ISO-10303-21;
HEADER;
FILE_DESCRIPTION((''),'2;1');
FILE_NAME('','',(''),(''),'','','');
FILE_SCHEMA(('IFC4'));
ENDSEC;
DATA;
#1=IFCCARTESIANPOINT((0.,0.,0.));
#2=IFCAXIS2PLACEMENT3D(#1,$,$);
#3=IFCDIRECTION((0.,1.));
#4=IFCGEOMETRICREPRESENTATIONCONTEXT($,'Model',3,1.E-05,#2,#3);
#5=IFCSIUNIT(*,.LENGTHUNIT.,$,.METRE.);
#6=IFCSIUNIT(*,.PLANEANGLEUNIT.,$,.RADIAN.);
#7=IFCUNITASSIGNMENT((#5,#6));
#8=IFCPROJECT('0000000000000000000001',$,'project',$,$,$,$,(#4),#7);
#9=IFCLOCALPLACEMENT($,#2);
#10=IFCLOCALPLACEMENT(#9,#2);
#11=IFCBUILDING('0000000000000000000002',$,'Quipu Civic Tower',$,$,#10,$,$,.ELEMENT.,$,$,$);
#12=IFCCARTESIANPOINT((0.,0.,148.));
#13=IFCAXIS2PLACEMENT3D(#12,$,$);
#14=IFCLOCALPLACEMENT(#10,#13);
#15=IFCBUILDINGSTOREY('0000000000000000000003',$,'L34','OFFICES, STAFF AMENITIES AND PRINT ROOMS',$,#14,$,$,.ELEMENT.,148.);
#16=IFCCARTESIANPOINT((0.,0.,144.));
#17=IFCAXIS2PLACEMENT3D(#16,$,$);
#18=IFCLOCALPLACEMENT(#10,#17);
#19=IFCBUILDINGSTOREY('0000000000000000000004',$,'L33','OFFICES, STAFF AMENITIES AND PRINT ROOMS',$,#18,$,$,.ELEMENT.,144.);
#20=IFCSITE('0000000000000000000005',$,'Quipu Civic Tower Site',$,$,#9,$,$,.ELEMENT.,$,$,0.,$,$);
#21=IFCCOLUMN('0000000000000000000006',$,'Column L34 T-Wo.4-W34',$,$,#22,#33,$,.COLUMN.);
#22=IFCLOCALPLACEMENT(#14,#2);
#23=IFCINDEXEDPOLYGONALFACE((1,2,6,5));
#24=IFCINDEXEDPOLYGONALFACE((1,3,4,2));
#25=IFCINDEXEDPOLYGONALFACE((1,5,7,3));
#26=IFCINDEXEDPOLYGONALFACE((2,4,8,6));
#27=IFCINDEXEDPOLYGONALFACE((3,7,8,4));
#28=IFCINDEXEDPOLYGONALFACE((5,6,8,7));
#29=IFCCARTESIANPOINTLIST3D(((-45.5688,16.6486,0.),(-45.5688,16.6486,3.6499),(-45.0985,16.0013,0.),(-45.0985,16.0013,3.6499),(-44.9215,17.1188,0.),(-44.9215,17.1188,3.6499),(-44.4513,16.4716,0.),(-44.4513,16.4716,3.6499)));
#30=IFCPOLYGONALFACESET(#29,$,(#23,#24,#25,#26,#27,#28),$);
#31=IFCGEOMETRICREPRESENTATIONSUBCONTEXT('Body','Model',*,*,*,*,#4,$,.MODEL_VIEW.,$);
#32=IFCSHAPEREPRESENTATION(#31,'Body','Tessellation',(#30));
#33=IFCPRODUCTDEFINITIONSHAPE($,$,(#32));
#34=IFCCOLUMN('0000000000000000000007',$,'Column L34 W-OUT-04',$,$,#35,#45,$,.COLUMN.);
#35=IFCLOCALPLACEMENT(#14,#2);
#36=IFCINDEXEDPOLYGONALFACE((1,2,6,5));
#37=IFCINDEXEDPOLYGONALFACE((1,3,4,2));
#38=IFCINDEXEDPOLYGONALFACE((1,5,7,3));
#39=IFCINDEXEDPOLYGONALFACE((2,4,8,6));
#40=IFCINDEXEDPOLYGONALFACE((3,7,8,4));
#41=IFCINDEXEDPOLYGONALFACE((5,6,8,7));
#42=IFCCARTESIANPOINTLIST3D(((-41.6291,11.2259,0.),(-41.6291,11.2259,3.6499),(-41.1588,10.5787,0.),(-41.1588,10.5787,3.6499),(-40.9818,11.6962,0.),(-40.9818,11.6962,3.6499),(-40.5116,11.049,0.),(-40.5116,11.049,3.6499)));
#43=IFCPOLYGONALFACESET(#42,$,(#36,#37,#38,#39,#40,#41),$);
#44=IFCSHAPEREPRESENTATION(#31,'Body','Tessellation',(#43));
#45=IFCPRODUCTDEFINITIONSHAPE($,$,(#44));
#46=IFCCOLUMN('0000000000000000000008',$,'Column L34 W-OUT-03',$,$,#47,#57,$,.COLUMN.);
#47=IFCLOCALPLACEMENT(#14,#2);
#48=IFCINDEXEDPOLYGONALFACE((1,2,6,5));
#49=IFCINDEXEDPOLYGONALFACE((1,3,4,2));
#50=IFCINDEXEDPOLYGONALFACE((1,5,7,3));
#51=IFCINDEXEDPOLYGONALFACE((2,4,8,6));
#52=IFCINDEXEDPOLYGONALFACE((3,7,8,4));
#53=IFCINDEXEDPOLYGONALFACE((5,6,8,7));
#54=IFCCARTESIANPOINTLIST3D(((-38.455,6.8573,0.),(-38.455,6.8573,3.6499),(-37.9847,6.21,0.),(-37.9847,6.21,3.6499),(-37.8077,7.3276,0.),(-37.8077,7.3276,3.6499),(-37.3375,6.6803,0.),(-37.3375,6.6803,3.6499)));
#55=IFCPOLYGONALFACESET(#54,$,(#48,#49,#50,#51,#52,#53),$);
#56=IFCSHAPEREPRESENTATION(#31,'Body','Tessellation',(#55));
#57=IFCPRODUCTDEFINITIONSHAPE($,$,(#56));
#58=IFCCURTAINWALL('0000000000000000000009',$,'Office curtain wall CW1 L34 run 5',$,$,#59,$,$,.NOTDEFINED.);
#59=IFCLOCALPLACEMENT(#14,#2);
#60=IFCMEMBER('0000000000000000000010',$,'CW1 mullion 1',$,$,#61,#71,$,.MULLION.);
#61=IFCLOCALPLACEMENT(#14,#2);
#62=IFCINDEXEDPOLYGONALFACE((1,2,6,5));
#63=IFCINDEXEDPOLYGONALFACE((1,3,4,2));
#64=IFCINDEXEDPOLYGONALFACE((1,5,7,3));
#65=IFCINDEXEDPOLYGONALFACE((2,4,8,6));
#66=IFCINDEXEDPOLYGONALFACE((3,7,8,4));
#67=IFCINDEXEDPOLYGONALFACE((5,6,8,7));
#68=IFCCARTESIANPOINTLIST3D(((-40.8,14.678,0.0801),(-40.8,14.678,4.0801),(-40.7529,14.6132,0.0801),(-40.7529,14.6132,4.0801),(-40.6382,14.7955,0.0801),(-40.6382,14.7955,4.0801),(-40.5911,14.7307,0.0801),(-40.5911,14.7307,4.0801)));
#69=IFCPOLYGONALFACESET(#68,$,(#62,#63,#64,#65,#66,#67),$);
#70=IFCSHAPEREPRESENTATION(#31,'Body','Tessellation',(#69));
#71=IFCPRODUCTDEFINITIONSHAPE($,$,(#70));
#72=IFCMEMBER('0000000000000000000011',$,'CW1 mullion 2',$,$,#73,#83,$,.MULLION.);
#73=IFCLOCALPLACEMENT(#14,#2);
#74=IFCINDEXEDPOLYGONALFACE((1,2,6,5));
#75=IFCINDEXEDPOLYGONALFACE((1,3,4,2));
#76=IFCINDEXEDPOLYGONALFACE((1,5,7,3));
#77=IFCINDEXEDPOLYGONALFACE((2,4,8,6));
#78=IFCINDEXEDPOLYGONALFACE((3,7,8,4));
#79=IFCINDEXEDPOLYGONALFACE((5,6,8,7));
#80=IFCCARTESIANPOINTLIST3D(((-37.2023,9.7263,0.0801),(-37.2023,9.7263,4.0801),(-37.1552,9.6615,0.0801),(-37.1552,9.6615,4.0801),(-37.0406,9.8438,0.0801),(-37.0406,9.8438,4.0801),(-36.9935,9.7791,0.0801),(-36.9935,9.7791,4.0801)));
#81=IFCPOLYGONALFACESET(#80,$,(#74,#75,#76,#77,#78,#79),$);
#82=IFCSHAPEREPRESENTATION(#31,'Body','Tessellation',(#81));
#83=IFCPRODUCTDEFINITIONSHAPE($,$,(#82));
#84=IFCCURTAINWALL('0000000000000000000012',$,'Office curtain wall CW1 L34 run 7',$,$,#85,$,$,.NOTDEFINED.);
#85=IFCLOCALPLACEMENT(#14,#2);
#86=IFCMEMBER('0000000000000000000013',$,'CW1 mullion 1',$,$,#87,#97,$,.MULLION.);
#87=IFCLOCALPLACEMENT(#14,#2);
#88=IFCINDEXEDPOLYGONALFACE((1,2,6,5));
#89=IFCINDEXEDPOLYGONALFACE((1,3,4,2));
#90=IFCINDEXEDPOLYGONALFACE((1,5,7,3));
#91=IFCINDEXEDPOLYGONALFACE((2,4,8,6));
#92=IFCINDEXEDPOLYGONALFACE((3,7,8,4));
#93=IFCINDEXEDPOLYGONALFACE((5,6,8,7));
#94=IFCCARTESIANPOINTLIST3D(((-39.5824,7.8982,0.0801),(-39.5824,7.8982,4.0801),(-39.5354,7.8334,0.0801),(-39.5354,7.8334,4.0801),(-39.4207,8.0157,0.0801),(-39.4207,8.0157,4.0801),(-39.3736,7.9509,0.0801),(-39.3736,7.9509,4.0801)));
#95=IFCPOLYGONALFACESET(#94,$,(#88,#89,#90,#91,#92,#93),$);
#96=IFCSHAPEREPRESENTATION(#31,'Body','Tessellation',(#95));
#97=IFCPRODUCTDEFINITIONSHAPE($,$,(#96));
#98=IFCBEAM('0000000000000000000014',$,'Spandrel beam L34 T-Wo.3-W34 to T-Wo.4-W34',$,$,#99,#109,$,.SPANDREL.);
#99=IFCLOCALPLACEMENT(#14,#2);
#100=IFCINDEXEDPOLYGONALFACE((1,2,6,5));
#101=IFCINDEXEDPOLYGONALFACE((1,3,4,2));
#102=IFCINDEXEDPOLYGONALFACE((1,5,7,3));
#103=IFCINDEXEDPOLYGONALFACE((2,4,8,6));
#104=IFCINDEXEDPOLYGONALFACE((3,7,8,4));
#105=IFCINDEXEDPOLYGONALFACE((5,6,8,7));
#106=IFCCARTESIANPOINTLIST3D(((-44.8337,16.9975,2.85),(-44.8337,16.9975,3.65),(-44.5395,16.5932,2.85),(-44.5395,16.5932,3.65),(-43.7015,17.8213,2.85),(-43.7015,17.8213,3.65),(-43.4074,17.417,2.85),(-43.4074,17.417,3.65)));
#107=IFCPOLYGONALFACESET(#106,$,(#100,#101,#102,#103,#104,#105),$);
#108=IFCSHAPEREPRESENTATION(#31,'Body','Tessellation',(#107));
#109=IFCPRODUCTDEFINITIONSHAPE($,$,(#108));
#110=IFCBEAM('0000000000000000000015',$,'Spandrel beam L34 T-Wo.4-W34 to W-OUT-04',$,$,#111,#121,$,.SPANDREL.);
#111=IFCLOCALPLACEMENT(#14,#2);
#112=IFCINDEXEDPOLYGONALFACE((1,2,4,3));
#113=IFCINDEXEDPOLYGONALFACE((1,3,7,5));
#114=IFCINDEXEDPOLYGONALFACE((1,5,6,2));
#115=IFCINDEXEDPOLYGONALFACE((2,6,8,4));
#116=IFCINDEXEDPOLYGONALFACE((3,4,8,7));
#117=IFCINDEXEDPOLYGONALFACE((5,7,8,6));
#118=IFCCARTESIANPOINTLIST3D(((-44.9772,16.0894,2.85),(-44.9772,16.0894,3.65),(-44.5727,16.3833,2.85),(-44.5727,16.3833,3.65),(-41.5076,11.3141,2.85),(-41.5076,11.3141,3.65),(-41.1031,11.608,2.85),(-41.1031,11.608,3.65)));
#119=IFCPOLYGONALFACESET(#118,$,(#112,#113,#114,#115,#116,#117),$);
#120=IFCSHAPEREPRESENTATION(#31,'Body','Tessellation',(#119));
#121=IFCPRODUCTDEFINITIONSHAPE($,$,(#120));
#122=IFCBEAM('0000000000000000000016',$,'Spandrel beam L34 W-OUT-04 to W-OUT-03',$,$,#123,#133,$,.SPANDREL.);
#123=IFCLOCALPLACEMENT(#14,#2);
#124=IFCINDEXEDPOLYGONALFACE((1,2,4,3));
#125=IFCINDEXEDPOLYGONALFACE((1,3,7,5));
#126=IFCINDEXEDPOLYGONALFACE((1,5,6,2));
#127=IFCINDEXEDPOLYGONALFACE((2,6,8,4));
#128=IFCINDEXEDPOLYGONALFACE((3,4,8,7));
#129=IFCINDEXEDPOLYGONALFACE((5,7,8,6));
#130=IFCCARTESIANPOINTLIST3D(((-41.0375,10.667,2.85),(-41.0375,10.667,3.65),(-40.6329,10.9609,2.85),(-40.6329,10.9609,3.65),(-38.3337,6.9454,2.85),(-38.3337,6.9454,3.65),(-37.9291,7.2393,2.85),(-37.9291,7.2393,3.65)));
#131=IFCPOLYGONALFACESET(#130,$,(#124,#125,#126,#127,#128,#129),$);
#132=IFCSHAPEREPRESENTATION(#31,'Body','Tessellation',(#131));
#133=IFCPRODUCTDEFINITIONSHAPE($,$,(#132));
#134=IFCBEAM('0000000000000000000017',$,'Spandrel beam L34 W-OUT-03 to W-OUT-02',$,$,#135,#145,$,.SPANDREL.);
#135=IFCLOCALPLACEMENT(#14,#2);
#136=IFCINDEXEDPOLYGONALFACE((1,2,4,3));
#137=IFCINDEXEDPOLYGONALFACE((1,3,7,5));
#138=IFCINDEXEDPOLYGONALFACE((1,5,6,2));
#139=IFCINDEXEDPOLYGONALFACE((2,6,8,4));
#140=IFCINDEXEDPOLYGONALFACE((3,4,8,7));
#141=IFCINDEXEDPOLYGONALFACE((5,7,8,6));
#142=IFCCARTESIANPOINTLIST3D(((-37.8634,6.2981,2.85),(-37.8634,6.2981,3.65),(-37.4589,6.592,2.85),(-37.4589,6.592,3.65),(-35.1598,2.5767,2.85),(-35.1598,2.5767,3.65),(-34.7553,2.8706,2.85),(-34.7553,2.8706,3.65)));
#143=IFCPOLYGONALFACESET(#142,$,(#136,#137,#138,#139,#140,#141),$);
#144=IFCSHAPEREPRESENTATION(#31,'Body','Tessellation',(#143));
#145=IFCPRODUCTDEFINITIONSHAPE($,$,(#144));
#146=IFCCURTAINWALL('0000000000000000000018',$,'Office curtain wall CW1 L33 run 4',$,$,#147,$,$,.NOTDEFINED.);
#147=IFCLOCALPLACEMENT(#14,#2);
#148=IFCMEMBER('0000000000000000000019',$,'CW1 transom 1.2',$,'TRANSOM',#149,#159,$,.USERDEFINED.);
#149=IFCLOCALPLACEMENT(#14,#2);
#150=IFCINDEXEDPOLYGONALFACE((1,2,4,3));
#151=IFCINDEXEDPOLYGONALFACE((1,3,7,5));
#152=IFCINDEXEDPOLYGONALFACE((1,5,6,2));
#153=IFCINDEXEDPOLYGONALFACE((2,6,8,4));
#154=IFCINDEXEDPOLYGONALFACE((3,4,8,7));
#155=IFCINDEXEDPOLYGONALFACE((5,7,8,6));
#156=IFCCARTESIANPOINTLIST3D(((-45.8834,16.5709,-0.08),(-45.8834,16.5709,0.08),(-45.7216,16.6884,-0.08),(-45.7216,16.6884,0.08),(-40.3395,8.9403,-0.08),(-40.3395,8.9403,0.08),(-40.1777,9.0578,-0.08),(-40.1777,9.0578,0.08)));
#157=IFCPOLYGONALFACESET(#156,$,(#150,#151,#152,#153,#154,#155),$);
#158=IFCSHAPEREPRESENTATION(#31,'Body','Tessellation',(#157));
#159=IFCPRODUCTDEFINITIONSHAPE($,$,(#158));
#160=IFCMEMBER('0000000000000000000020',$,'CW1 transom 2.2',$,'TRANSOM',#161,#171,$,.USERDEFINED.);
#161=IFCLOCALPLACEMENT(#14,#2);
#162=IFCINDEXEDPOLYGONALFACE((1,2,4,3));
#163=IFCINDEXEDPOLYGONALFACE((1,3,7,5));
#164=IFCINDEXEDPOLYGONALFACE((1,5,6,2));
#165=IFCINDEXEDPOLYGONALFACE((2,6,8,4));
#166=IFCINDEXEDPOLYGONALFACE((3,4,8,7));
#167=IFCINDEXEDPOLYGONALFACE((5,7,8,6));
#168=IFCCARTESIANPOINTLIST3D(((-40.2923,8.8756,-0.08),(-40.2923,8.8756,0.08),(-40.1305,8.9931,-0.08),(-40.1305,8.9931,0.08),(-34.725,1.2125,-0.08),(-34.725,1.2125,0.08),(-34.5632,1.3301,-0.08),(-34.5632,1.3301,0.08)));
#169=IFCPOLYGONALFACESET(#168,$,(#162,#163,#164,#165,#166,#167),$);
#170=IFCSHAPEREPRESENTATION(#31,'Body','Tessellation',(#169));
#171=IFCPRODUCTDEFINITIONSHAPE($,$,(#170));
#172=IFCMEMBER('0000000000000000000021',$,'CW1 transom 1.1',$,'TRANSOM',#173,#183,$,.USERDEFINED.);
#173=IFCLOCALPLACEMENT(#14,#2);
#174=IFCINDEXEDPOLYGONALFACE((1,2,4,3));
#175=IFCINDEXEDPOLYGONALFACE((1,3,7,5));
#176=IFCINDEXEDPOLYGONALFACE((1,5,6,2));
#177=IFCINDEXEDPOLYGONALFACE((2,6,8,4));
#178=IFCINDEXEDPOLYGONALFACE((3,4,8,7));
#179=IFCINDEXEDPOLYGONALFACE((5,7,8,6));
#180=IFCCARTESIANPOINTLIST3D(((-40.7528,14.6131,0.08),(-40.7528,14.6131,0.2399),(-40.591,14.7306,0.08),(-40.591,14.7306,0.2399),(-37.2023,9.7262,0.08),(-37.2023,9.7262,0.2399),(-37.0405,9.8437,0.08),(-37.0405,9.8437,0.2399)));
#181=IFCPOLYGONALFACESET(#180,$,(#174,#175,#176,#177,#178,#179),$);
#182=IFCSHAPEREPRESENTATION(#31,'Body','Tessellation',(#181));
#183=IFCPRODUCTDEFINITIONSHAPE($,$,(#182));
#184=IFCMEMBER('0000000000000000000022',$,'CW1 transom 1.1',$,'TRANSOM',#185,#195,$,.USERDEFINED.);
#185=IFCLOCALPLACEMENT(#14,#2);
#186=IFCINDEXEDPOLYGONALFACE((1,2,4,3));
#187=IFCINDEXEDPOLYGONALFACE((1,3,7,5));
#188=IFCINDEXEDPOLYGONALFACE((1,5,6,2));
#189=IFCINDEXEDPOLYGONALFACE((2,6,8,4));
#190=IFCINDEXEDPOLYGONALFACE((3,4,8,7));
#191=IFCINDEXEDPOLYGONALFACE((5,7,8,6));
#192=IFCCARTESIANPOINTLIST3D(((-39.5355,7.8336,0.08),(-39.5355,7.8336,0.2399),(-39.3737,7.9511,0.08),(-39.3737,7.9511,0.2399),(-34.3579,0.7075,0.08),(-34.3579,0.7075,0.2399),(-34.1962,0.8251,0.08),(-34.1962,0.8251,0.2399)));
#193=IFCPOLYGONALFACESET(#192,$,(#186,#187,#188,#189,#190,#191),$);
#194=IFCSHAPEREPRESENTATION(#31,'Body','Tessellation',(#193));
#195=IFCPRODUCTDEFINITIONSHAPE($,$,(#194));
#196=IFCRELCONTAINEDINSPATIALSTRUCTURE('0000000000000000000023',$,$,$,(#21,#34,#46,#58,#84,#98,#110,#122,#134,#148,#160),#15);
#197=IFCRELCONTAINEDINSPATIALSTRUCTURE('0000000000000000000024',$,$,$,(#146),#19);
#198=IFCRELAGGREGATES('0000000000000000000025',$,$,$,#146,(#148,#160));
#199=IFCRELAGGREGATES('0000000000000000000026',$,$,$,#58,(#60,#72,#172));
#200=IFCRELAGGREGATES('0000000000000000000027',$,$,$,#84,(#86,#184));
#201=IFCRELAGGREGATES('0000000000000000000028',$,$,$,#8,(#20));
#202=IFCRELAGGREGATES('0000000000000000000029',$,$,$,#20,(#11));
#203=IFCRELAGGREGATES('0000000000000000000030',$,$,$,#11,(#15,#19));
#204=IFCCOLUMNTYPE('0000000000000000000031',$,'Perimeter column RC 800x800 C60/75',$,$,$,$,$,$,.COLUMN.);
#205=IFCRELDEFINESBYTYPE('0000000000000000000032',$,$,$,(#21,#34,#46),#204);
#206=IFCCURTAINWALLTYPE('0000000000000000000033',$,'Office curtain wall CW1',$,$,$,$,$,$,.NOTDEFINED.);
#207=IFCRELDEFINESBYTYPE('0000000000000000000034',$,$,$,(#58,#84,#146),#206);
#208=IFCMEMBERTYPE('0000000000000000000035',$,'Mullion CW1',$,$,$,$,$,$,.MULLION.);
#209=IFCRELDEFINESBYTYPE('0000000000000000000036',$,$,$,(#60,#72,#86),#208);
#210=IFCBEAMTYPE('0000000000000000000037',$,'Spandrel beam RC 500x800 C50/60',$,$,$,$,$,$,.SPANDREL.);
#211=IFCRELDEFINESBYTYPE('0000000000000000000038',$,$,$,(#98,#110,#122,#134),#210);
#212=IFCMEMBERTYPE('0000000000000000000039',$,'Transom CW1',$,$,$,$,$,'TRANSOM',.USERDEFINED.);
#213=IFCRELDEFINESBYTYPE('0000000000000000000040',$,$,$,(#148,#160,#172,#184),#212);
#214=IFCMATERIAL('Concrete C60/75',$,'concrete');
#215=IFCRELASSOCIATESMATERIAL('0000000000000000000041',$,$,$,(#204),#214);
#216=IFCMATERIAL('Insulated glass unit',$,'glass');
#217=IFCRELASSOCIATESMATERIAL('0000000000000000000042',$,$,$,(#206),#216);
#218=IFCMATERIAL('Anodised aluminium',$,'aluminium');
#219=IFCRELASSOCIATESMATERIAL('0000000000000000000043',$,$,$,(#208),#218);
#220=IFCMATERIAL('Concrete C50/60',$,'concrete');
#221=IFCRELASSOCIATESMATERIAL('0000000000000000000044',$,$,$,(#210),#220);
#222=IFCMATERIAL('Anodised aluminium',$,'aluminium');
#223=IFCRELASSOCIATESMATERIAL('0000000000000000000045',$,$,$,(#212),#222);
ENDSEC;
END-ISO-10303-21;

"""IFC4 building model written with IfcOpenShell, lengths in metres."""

from ifc_helpers import new_model, si_unit, direction, frame, origin, origin_2d, place, context, subcontext, project, spatial, rectangle, extrude, material, material_profile, profile_set, type_object, element, aggregate, save


model = new_model("IFC4")

# Units and contexts
model_context = context("Model", 3, precision=1e-05, world=origin(), true_north=direction((0.0, 1.0)))
body_context = subcontext(model_context, "Body", "Model", "MODEL_VIEW")
ifc_project = project(units=[si_unit("LENGTHUNIT", "METRE"), si_unit("PLANEANGLEUNIT", "RADIAN")], contexts=[model_context])

# Site, building, storey
site_placement = place(None, origin())
site = spatial("IfcSite", under=ifc_project, at=site_placement, Name="Quipu Civic Tower Site", CompositionType="ELEMENT", RefElevation=0.0)
building_placement = place(site_placement, origin())
building = spatial("IfcBuilding", under=site, at=building_placement, Name="Quipu Civic Tower", CompositionType="ELEMENT")
storey_1_placement = place(building_placement, frame((0.0, 0.0, 148.0)))
storey_1 = spatial("IfcBuildingStorey", under=building, at=storey_1_placement, Name="L34", Description="OFFICES, STAFF AMENITIES AND PRINT ROOMS", CompositionType="ELEMENT", Elevation=148.0)

# Columns
ifc_material_1 = material(Name="Concrete C60/75", Category="concrete")
ifc_material_profile_1 = material_profile(ifc_material_1, rectangle(XDim=0.8, YDim=0.8, at=origin_2d()), Name="RC800x800")
ifc_profile_set_1 = profile_set([ifc_material_profile_1], Name="Concrete C60/75")
column_type = type_object("IfcColumnType", Name="Perimeter column RC 800x800 C60/75", PredefinedType="COLUMN", material=ifc_profile_set_1)
for number, where, z_axis, x_axis, name in (
    (1, (-45.01, 16.5601, 0.0), (0.0, 0.0, 1.0), (0.587785, -0.809017, 0.0), "Column L34 T-Wo.4-W34"),
    (2, (-41.0703, 11.1375, 0.0), (0.0, 0.0, 1.0), (0.587785, -0.809017, 0.0), "Column L34 W-OUT-04"),
    (3, (-37.8962, 6.7688, 0.0), (0.0, 0.0, 1.0), (0.587785, -0.809017, 0.0), "Column L34 W-OUT-03"),
):
    element("IfcColumn", number, at=place(storey_1_placement, frame(where, z_axis=z_axis, x_axis=x_axis)), inside=storey_1, type_object=column_type, Name=name, PredefinedType="COLUMN", context=body_context, shape_type="SweptSolid", body=[
        extrude(rectangle(XDim=0.8, YDim=0.8, at=origin_2d()), origin(), (0.0, 0.0, 1.0), 3.6499),
    ])

# Curtain wall, members
ifc_material_2 = material(Name="Insulated glass unit", Category="glass")
curtain_wall_type = type_object("IfcCurtainWallType", Name="Office curtain wall CW1", PredefinedType="NOTDEFINED", material=ifc_material_2)
curtain_wall_1_placement = place(storey_1_placement, origin())
curtain_wall_1 = element("IfcCurtainWall", 4, at=curtain_wall_1_placement, inside=storey_1, type_object=curtain_wall_type, Name="Office curtain wall CW1 L34 run 5", PredefinedType="NOTDEFINED")
ifc_material_3 = material(Name="Anodised aluminium", Category="aluminium")
ifc_material_profile_2 = material_profile(ifc_material_3, rectangle(XDim=0.2, YDim=0.0801, at=origin_2d()), Name="RECT 200x80")
ifc_profile_set_2 = profile_set([ifc_material_profile_2], Name="Anodised aluminium")
member_type_1 = type_object("IfcMemberType", Name="Mullion CW1", PredefinedType="MULLION", material=ifc_profile_set_2)
member_1_placement = place(storey_1_placement, frame((-40.6956, 14.7043, 0.0801), z_axis=(0.0, 0.0, 1.0), x_axis=(0.809014, 0.58779, 0.0)))
member_1 = element("IfcMember", 5, at=member_1_placement, type_object=member_type_1, Name="CW1 mullion 1", PredefinedType="MULLION", context=body_context, shape_type="SweptSolid", body=[
    extrude(rectangle(XDim=0.2, YDim=0.0801, at=origin_2d()), origin(), (0.0, 0.0, 1.0), 4.0),
])
member_2_placement = place(storey_1_placement, frame((-37.0979, 9.7527, 0.0801), z_axis=(0.0, 0.0, 1.0), x_axis=(0.809014, 0.58779, 0.0)))
member_2 = element("IfcMember", 6, at=member_2_placement, type_object=member_type_1, Name="CW1 mullion 2", PredefinedType="MULLION", context=body_context, shape_type="SweptSolid", body=[
    extrude(rectangle(XDim=0.2, YDim=0.0801, at=origin_2d()), origin(), (0.0, 0.0, 1.0), 4.0),
])

# Curtain wall, member
curtain_wall_2_placement = place(storey_1_placement, origin())
curtain_wall_2 = element("IfcCurtainWall", 7, at=curtain_wall_2_placement, inside=storey_1, type_object=curtain_wall_type, Name="Office curtain wall CW1 L34 run 7", PredefinedType="NOTDEFINED")
member_3_placement = place(storey_1_placement, frame((-39.478, 7.9246, 0.0801), z_axis=(0.0, 0.0, 1.0), x_axis=(0.809016, 0.587787, 0.0)))
member_3 = element("IfcMember", 8, at=member_3_placement, type_object=member_type_1, Name="CW1 mullion 1", PredefinedType="MULLION", context=body_context, shape_type="SweptSolid", body=[
    extrude(rectangle(XDim=0.2, YDim=0.0801, at=origin_2d()), origin(), (0.0, 0.0, 1.0), 4.0),
])

# Beams
ifc_material_4 = material(Name="Concrete C50/60", Category="concrete")
ifc_material_profile_3 = material_profile(ifc_material_4, rectangle(XDim=0.5, YDim=0.8, at=origin_2d()), Name="RC500x800")
ifc_profile_set_3 = profile_set([ifc_material_profile_3], Name="Concrete C50/60")
beam_type = type_object("IfcBeamType", Name="Spandrel beam RC 500x800 C50/60", PredefinedType="SPANDREL", material=ifc_profile_set_3)
beam_1_placement = place(storey_1_placement, frame((-43.5544, 17.6191, 3.25), z_axis=(-0.8086, -0.588358, 0.0), x_axis=(0.588358, -0.8086, 0.0)))
element("IfcBeam", 9, at=beam_1_placement, inside=storey_1, type_object=beam_type, Name="Spandrel beam L34 T-Wo.3-W34 to T-Wo.4-W34", PredefinedType="SPANDREL", context=body_context, shape_type="SweptSolid", body=[
    extrude(rectangle(XDim=0.5, YDim=0.8, at=origin_2d()), origin(), (0.0, 0.0, 1.0), 1.4001),
])
beam_2_placement = place(storey_1_placement, frame((-44.7749, 16.2363, 3.25), z_axis=(0.5878, -0.809006, 0.0), x_axis=(0.809006, 0.5878, 0.0)))
element("IfcBeam", 10, at=beam_2_placement, inside=storey_1, type_object=beam_type, Name="Spandrel beam L34 T-Wo.4-W34 to W-OUT-04", PredefinedType="SPANDREL", context=body_context, shape_type="SweptSolid", body=[
    extrude(rectangle(XDim=0.5, YDim=0.8, at=origin_2d()), origin(), (0.0, 0.0, 1.0), 5.9026),
])
beam_3_placement = place(storey_1_placement, frame((-40.8352, 10.814, 3.25), z_axis=(0.587771, -0.809027, 0.0), x_axis=(0.809027, 0.587771, 0.0)))
element("IfcBeam", 11, at=beam_3_placement, inside=storey_1, type_object=beam_type, Name="Spandrel beam L34 W-OUT-04 to W-OUT-03", PredefinedType="SPANDREL", context=body_context, shape_type="SweptSolid", body=[
    extrude(rectangle(XDim=0.5, YDim=0.8, at=origin_2d()), origin(), (0.0, 0.0, 1.0), 4.6001),
])
beam_4_placement = place(storey_1_placement, frame((-37.6611, 6.4451, 3.25), z_axis=(0.587761, -0.809034, 0.0), x_axis=(0.809034, 0.587761, 0.0)))
element("IfcBeam", 12, at=beam_4_placement, inside=storey_1, type_object=beam_type, Name="Spandrel beam L34 W-OUT-03 to W-OUT-02", PredefinedType="SPANDREL", context=body_context, shape_type="SweptSolid", body=[
    extrude(rectangle(XDim=0.5, YDim=0.8, at=origin_2d()), origin(), (0.0, 0.0, 1.0), 4.5999),
])

# Shared definitions
storey_2_placement = place(building_placement, frame((0.0, 0.0, 144.0)))
storey_2 = spatial("IfcBuildingStorey", under=building, at=storey_2_placement, Name="L33", Description="OFFICES, STAFF AMENITIES AND PRINT ROOMS", CompositionType="ELEMENT", Elevation=144.0)

# Curtain wall, members
curtain_wall_3_placement = place(storey_2_placement, origin())
curtain_wall_3 = element("IfcCurtainWall", 13, at=curtain_wall_3_placement, inside=storey_2, type_object=curtain_wall_type, Name="Office curtain wall CW1 L33 run 4", PredefinedType="NOTDEFINED")
ifc_material_5 = material(Name="Anodised aluminium", Category="aluminium")
ifc_material_profile_4 = material_profile(ifc_material_5, rectangle(XDim=0.2, YDim=0.1599, at=origin_2d()), Name="RECT 200x160")
ifc_profile_set_4 = profile_set([ifc_material_profile_4], Name="Anodised aluminium")
member_type_2 = type_object("IfcMemberType", Name="Transom CW1", ElementType="TRANSOM", PredefinedType="USERDEFINED", material=ifc_profile_set_4)
member_4_placement = place(storey_1_placement, frame((-45.8025, 16.6296, 0.0), z_axis=(0.587784, -0.809018, 0.0), x_axis=(0.809018, 0.587784, 0.0)))
member_4 = element("IfcMember", 14, at=member_4_placement, inside=storey_1, type_object=member_type_2, Name="CW1 transom 1.2", ObjectType="TRANSOM", PredefinedType="USERDEFINED", context=body_context, shape_type="SweptSolid", body=[
    extrude(rectangle(XDim=0.2, YDim=0.1599, at=origin_2d()), origin(), (0.0, 0.0, 1.0), 9.4319),
])
member_5_placement = place(storey_1_placement, frame((-40.2114, 8.9343, 0.0), z_axis=(0.587773, -0.809026, 0.0), x_axis=(0.809026, 0.587773, 0.0)))
member_5 = element("IfcMember", 15, at=member_5_placement, inside=storey_1, type_object=member_type_2, Name="CW1 transom 2.2", ObjectType="TRANSOM", PredefinedType="USERDEFINED", context=body_context, shape_type="SweptSolid", body=[
    extrude(rectangle(XDim=0.2, YDim=0.1599, at=origin_2d()), origin(), (0.0, 0.0, 1.0), 9.4719),
])
aggregate(curtain_wall_3, [member_4, member_5])

# Members
member_6_placement = place(storey_1_placement, frame((-40.6719, 14.6719, 0.1599), z_axis=(0.58778, -0.809021, 0.0), x_axis=(0.809021, 0.58778, 0.0)))
member_6 = element("IfcMember", 16, at=member_6_placement, type_object=member_type_2, Name="CW1 transom 1.1", ObjectType="TRANSOM", PredefinedType="USERDEFINED", context=body_context, shape_type="SweptSolid", body=[
    extrude(rectangle(XDim=0.2, YDim=0.1599, at=origin_2d()), origin(), (0.0, 0.0, 1.0), 6.0405),
])
member_7_placement = place(storey_1_placement, frame((-39.4546, 7.8923, 0.1599), z_axis=(0.587798, -0.809008, 0.0), x_axis=(0.809008, 0.587798, 0.0)))
member_7 = element("IfcMember", 17, at=member_7_placement, type_object=member_type_2, Name="CW1 transom 1.1", ObjectType="TRANSOM", PredefinedType="USERDEFINED", context=body_context, shape_type="SweptSolid", body=[
    extrude(rectangle(XDim=0.2, YDim=0.1599, at=origin_2d()), origin(), (0.0, 0.0, 1.0), 8.8083),
])

aggregate(curtain_wall_1, [member_1, member_2, member_6])
aggregate(curtain_wall_2, [member_3, member_7])

save(model, "model.ifc")
